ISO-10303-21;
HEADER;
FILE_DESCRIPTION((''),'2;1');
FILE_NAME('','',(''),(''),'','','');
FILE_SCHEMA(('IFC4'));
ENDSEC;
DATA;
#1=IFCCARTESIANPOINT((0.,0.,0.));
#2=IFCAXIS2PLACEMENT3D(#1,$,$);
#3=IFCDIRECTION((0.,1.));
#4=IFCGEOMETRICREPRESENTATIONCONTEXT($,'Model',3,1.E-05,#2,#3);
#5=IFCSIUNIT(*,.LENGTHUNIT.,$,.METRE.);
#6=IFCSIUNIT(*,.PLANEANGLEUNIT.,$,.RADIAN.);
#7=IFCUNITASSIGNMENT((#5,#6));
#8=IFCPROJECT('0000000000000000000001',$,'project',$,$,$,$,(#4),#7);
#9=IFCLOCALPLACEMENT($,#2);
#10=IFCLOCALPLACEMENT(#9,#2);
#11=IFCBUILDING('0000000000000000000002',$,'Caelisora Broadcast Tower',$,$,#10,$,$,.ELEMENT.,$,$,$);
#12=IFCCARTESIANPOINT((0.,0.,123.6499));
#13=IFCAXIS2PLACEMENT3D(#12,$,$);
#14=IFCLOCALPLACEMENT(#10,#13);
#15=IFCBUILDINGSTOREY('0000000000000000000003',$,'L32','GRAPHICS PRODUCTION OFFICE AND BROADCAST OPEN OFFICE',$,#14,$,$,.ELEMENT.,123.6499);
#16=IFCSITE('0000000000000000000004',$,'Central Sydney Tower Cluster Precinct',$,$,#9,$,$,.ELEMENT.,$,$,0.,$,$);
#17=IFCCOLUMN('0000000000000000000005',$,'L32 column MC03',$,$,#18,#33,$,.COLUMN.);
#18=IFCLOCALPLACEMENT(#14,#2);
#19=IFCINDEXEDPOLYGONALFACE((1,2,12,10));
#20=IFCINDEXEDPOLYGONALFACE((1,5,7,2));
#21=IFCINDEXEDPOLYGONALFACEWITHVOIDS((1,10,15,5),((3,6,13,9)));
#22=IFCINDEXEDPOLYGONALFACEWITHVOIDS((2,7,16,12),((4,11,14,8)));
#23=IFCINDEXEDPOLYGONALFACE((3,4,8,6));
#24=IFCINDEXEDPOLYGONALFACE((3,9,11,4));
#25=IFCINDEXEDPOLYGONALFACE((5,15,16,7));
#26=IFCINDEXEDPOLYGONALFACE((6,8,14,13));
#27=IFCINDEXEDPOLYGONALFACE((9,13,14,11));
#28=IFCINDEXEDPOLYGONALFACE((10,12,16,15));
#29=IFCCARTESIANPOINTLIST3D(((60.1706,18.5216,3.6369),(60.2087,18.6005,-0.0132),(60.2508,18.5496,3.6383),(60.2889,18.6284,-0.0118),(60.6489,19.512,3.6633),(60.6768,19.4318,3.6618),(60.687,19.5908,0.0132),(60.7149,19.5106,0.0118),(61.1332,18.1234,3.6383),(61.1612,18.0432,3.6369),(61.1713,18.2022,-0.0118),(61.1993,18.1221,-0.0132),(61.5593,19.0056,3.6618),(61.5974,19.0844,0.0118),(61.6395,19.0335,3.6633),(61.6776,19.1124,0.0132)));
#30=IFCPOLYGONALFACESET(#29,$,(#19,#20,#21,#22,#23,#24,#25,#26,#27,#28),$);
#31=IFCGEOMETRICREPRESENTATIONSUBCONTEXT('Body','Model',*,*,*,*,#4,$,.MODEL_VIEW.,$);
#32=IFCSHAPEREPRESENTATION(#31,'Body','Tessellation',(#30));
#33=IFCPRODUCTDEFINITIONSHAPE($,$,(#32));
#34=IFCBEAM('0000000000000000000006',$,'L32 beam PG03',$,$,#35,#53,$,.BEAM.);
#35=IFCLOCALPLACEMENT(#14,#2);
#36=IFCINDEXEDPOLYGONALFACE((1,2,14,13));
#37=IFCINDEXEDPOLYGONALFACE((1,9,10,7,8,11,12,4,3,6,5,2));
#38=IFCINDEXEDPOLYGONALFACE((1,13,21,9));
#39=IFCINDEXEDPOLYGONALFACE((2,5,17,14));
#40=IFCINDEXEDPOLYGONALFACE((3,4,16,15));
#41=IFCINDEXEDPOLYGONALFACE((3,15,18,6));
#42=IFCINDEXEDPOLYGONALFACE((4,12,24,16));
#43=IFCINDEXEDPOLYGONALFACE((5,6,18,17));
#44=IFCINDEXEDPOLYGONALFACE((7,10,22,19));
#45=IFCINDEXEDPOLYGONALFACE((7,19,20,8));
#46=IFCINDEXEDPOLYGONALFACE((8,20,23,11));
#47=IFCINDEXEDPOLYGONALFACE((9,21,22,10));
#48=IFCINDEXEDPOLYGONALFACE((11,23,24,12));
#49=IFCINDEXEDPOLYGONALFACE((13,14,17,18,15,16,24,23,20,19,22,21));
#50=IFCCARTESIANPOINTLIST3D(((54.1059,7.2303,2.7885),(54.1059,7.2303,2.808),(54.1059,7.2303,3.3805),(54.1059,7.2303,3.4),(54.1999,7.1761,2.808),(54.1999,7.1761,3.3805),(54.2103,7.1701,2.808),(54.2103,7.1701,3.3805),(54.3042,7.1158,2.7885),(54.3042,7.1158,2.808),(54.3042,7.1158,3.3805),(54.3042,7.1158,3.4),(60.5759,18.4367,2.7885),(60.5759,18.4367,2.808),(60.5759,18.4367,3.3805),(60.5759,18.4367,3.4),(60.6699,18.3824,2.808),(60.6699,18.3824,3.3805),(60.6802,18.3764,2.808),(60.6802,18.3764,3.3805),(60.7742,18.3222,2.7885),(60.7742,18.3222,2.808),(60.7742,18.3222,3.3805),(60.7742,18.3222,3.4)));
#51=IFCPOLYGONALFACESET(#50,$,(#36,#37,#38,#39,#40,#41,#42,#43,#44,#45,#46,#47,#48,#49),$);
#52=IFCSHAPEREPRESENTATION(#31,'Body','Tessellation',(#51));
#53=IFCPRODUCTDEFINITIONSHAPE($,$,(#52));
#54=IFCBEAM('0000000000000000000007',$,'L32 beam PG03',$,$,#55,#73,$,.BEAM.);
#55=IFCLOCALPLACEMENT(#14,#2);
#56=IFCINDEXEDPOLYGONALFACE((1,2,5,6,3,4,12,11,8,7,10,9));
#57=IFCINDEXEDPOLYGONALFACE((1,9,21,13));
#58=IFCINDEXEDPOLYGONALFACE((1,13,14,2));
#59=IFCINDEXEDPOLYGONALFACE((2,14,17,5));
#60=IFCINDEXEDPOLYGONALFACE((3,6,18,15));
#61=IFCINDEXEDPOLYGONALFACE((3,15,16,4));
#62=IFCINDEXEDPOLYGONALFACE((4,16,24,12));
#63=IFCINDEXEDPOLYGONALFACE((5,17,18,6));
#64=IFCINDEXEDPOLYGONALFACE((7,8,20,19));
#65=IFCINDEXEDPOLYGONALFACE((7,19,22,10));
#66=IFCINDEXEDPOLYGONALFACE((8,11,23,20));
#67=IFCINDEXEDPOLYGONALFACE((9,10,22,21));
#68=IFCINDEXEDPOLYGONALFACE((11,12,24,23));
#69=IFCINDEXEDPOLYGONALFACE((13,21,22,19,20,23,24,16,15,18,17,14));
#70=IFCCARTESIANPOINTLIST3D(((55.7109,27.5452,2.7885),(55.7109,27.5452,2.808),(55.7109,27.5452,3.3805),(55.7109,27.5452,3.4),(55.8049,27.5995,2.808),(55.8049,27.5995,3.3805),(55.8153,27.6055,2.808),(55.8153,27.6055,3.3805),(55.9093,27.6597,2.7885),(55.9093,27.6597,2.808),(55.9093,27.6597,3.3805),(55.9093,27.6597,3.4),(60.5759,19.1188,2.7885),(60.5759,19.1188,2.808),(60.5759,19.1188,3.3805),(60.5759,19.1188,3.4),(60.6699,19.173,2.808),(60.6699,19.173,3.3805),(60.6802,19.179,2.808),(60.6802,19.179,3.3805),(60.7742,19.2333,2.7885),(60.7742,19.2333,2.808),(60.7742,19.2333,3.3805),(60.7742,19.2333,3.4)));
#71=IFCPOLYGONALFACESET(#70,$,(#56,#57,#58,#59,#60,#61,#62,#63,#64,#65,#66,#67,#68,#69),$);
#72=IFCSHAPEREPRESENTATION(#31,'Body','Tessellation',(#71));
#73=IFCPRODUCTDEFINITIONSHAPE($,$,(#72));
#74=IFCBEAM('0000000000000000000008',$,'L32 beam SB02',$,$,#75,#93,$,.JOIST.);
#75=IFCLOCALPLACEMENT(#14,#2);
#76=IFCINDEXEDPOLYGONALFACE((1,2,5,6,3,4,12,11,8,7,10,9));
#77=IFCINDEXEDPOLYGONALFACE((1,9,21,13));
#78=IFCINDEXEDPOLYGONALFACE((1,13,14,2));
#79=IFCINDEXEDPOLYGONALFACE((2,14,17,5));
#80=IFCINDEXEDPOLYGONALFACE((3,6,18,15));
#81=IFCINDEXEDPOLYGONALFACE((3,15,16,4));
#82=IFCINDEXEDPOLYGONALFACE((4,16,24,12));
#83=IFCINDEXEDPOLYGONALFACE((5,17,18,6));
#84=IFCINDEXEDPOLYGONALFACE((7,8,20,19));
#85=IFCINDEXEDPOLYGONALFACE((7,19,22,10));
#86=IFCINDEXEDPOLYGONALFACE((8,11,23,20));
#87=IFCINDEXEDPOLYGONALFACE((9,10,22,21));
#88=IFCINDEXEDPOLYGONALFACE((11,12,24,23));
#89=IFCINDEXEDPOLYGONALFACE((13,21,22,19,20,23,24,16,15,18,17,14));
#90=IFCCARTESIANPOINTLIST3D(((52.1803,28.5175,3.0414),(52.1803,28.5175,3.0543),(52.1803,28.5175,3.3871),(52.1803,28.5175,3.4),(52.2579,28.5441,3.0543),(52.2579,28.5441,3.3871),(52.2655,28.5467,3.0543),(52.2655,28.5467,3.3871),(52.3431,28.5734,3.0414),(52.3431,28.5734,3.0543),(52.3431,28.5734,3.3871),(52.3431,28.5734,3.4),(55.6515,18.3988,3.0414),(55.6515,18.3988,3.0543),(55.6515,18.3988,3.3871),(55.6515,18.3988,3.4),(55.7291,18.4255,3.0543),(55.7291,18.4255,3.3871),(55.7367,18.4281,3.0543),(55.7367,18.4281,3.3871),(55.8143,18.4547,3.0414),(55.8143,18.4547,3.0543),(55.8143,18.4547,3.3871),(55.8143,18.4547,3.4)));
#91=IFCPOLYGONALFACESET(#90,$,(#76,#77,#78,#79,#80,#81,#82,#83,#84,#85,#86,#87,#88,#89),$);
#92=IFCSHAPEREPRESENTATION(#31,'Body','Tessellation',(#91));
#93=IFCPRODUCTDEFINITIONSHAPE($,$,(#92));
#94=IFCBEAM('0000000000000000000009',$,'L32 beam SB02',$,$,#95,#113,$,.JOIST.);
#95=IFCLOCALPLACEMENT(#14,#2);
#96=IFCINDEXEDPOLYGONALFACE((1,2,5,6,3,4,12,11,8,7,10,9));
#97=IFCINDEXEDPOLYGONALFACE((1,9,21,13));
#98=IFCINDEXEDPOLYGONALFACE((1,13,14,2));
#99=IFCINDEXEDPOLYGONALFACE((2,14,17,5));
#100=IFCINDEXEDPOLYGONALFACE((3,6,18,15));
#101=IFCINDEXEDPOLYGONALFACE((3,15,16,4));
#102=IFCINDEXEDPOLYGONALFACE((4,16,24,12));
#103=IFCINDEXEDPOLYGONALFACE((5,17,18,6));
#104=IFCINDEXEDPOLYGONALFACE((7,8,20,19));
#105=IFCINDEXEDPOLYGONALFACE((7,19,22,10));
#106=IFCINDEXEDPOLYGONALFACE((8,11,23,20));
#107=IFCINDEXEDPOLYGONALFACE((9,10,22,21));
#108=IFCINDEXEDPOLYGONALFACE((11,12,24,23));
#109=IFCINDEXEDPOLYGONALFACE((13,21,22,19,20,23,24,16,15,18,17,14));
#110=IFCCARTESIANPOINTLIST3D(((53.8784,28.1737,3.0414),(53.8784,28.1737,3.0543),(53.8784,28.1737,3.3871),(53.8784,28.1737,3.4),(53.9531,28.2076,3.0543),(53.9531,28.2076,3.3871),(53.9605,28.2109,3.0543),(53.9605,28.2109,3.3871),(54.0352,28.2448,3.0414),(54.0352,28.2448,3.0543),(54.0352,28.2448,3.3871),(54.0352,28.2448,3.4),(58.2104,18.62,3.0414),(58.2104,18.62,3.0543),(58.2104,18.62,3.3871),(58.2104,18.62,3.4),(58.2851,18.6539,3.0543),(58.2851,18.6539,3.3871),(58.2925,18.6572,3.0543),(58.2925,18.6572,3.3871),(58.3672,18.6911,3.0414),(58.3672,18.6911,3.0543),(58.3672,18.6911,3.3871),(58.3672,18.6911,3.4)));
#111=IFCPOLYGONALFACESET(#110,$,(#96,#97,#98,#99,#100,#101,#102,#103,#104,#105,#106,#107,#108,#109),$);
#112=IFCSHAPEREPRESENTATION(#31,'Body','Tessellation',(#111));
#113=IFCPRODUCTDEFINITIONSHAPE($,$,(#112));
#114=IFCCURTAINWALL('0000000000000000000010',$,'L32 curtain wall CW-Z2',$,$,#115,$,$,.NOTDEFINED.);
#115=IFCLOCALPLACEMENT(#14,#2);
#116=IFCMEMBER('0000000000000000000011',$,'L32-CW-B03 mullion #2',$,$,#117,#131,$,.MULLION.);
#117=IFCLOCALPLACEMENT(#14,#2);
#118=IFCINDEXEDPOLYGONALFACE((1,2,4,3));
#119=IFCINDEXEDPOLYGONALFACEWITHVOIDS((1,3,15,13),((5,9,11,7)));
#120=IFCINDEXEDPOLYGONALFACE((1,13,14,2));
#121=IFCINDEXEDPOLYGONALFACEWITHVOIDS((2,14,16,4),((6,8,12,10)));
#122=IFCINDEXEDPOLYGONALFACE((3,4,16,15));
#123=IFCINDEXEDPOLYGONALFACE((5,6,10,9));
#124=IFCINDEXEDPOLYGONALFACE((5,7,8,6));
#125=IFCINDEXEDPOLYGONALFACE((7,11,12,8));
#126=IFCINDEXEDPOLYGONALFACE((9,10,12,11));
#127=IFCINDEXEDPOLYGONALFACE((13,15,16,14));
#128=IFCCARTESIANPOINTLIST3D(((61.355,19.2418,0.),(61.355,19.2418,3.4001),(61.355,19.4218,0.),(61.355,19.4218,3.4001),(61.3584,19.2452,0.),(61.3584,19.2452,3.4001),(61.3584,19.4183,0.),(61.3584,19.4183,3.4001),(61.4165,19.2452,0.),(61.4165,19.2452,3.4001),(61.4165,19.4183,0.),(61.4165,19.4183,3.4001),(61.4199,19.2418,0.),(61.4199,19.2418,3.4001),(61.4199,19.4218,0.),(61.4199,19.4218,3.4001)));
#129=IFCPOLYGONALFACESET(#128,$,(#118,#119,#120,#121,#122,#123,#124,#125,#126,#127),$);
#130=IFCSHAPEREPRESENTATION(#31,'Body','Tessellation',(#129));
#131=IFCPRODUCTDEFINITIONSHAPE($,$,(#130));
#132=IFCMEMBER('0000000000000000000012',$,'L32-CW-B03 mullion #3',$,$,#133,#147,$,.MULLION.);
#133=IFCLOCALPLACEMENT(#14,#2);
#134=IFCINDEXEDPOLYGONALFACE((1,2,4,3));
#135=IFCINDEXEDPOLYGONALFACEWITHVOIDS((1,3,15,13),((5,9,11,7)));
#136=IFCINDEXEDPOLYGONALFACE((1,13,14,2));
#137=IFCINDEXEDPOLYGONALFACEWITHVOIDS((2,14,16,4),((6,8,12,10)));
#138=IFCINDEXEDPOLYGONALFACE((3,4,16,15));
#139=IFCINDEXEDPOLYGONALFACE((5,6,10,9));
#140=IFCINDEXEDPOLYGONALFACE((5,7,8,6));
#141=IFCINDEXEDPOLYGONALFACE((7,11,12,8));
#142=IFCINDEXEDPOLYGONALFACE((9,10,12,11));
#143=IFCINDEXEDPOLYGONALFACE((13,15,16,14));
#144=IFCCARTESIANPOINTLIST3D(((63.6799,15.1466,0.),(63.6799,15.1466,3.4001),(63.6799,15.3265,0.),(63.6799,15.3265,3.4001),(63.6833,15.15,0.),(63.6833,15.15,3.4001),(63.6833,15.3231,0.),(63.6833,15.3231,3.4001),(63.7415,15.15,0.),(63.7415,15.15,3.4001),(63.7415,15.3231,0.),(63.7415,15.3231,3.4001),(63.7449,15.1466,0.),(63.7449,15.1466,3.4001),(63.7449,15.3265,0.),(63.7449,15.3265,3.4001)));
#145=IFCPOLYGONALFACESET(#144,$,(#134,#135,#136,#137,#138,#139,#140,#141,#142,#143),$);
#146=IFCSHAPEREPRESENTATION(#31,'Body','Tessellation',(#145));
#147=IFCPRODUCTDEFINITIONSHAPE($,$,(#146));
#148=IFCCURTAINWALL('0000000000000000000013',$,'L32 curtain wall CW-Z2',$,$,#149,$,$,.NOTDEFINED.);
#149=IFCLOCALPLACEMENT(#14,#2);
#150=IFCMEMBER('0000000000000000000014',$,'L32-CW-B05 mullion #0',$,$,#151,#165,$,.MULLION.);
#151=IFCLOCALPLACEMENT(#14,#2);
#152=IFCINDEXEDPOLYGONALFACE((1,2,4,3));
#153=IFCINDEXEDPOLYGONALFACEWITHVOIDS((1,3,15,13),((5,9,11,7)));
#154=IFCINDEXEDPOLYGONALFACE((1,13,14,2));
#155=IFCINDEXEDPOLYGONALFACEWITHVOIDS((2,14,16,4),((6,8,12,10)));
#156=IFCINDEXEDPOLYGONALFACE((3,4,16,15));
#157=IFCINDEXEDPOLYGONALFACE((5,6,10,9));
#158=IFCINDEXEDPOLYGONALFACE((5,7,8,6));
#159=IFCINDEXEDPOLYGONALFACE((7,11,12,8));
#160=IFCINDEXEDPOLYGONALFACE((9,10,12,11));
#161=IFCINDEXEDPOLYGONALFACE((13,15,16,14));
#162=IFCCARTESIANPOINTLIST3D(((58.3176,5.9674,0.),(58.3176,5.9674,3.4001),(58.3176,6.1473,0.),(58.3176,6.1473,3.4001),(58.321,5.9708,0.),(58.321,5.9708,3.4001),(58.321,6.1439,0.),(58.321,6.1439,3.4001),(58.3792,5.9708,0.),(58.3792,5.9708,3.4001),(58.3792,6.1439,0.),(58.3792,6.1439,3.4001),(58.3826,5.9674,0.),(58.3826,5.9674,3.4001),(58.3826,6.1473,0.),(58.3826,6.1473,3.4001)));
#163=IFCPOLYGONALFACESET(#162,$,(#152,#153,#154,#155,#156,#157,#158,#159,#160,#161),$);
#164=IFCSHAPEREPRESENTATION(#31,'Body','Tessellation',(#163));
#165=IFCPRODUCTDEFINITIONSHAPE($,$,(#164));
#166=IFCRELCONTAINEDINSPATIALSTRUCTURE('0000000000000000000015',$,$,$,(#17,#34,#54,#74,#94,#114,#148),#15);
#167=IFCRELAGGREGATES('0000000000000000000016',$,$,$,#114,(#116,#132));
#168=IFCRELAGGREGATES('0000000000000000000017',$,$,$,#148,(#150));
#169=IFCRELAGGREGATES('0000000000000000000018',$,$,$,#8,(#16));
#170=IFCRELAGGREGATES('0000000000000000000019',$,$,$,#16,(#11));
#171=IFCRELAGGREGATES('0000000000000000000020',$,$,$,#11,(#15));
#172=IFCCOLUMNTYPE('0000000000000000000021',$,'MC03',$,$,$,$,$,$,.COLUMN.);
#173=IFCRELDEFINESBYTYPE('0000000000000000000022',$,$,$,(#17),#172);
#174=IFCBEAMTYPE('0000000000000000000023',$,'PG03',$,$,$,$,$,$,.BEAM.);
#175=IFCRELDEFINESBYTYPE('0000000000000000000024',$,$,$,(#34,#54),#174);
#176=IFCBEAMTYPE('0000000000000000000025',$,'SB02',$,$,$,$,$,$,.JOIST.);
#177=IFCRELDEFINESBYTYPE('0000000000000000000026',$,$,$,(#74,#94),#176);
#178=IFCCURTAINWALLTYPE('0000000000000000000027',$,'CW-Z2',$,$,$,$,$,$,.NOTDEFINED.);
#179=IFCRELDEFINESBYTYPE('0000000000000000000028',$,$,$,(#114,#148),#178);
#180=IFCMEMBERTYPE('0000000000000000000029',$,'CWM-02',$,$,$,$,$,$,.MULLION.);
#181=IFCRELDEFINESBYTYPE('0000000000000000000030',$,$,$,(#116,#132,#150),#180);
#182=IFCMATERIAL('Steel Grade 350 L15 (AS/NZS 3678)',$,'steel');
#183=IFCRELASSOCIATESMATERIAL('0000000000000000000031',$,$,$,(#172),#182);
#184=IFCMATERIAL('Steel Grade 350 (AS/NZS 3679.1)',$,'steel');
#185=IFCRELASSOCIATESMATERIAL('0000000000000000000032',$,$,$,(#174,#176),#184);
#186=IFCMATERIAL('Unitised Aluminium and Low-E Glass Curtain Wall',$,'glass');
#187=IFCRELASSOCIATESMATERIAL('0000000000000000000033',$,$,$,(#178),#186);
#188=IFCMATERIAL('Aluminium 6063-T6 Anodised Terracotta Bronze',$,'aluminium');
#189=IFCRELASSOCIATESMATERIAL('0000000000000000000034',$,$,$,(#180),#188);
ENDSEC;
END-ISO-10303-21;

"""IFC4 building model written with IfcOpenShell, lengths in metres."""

from ifc_helpers import new_model, si_unit, direction, frame, origin, origin_2d, place, context, subcontext, project, spatial, hollow_rectangle, i_section, extrude, source, transform, mapped, material, material_profile, profile_set, type_object, type_shapes, element, aggregate, save


model = new_model("IFC4")

# Units and contexts
model_context = context("Model", 3, precision=1e-05, world=origin(), true_north=direction((0.0, 1.0)))
body_context = subcontext(model_context, "Body", "Model", "MODEL_VIEW")
ifc_project = project(units=[si_unit("LENGTHUNIT", "METRE"), si_unit("PLANEANGLEUNIT", "RADIAN")], contexts=[model_context])

# Site, building, storey
site_placement = place(None, origin())
site = spatial("IfcSite", under=ifc_project, at=site_placement, Name="Central Sydney Tower Cluster Precinct", CompositionType="ELEMENT", RefElevation=0.0)
building_placement = place(site_placement, origin())
building = spatial("IfcBuilding", under=site, at=building_placement, Name="Caelisora Broadcast Tower", CompositionType="ELEMENT")
storey_placement = place(building_placement, frame((0.0, 0.0, 123.6499)))
storey = spatial("IfcBuildingStorey", under=building, at=storey_placement, Name="L32", Description="GRAPHICS PRODUCTION OFFICE AND BROADCAST OPEN OFFICE", CompositionType="ELEMENT", Elevation=123.6499)

# Column
ifc_material_1 = material(Name="Steel Grade 350 L15 (AS/NZS 3678)", Category="steel")
ifc_material_profile_1 = material_profile(ifc_material_1, hollow_rectangle(XDim=1.1001, YDim=1.1001, WallThickness=0.0601, at=origin_2d()), Name="Steel Grade 350 L15 (AS/NZS 3678)")
ifc_profile_set_1 = profile_set([ifc_material_profile_1], Name="Steel Grade 350 L15 (AS/NZS 3678)")
column_type = type_object("IfcColumnType", Name="MC03", PredefinedType="COLUMN", material=ifc_profile_set_1)
shared_shape_1 = source(origin(), body_context, "Body", "SweptSolid", [
    extrude(hollow_rectangle(XDim=1.1001, YDim=1.1001, WallThickness=0.0601, at=origin_2d()), origin(), (0.0, 0.0, 1.0), 3.6511),
])
type_shapes(column_type, [shared_shape_1])
column_placement = place(storey_placement, frame((60.9431, 18.8564, 0.0), z_axis=(-0.010431, -0.021598, 0.999712), x_axis=(0.900476, -0.434905, 0.0)))
element("IfcColumn", 1, at=column_placement, inside=storey, type_object=column_type, Name="L32 column MC03", PredefinedType="COLUMN", context=body_context, shape_type="MappedRepresentation", body=[
    mapped(shared_shape_1, transform((0.0, 0.0, 0.0), scale=1.0)),
])

# Beams
ifc_material_2 = material(Name="Steel Grade 350 (AS/NZS 3679.1)", Category="steel")
ifc_material_profile_2 = material_profile(ifc_material_2, i_section(OverallWidth=0.229, OverallDepth=0.6116, WebThickness=0.012, FlangeThickness=0.0195, at=origin_2d()), Name="Steel Grade 350 (AS/NZS 3679.1)")
ifc_profile_set_2 = profile_set([ifc_material_profile_2], Name="Steel Grade 350 (AS/NZS 3679.1)")
beam_type_1 = type_object("IfcBeamType", Name="PG03", PredefinedType="BEAM", material=ifc_profile_set_2)
shared_shape_2 = source(origin(), body_context, "Body", "SweptSolid", [
    extrude(i_section(OverallWidth=0.229, OverallDepth=0.6116, WebThickness=0.012, FlangeThickness=0.0195, at=origin_2d()), origin(), (0.0, 0.0, 1.0), 12.9399),
])
beam_1_placement = place(storey_placement, frame((54.2051, 7.1731, 3.0942), z_axis=(0.500001, 0.866025, 0.0), x_axis=(-0.866025, 0.500001, 0.0)))
element("IfcBeam", 2, at=beam_1_placement, inside=storey, type_object=beam_type_1, Name="L32 beam PG03", PredefinedType="BEAM", context=body_context, shape_type="MappedRepresentation", body=[
    mapped(shared_shape_2, transform((0.0, 0.0, 0.0), scale=1.0)),
])
shared_shape_3 = source(origin(), body_context, "Body", "SweptSolid", [
    extrude(i_section(OverallWidth=0.229, OverallDepth=0.6116, WebThickness=0.012, FlangeThickness=0.0195, at=origin_2d()), origin(), (0.0, 0.0, 1.0), 9.73),
])
type_shapes(beam_type_1, [shared_shape_2, shared_shape_3])
beam_2_placement = place(storey_placement, frame((60.675, 19.176, 3.0942), z_axis=(-0.499995, 0.866028, 0.0), x_axis=(-0.866028, -0.499995, 0.0)))
element("IfcBeam", 3, at=beam_2_placement, inside=storey, type_object=beam_type_1, Name="L32 beam PG03", PredefinedType="BEAM", context=body_context, shape_type="MappedRepresentation", body=[
    mapped(shared_shape_3, transform((0.0, 0.0, 0.0), scale=1.0)),
])
ifc_material_profile_3 = material_profile(ifc_material_2, i_section(OverallWidth=0.1721, OverallDepth=0.3586, WebThickness=0.0081, FlangeThickness=0.0129, at=origin_2d()), Name="Steel Grade 350 (AS/NZS 3679.1)")
ifc_profile_set_3 = profile_set([ifc_material_profile_3], Name="Steel Grade 350 (AS/NZS 3679.1)")
beam_type_2 = type_object("IfcBeamType", Name="SB02", PredefinedType="JOIST", material=ifc_profile_set_3)
shared_shape_4 = source(origin(), body_context, "Body", "SweptSolid", [
    extrude(i_section(OverallWidth=0.1721, OverallDepth=0.3586, WebThickness=0.0081, FlangeThickness=0.0129, at=origin_2d()), origin(), (0.0, 0.0, 1.0), 10.6975),
])
beam_3_placement = place(storey_placement, frame((55.7329, 18.4268, 3.2207), z_axis=(-0.324487, 0.94589, 0.0), x_axis=(-0.94589, -0.324487, 0.0)))
element("IfcBeam", 4, at=beam_3_placement, inside=storey, type_object=beam_type_2, Name="L32 beam SB02", PredefinedType="JOIST", context=body_context, shape_type="MappedRepresentation", body=[
    mapped(shared_shape_4, transform((0.0, 0.0, 0.0), scale=1.0)),
])
shared_shape_5 = source(origin(), body_context, "Body", "SweptSolid", [
    extrude(i_section(OverallWidth=0.1721, OverallDepth=0.3586, WebThickness=0.0081, FlangeThickness=0.0129, at=origin_2d()), origin(), (0.0, 0.0, 1.0), 10.49),
])
type_shapes(beam_type_2, [shared_shape_4, shared_shape_5])
beam_4_placement = place(storey_placement, frame((58.2888, 18.6555, 3.2207), z_axis=(-0.412968, 0.910745, 0.0), x_axis=(-0.910745, -0.412968, 0.0)))
element("IfcBeam", 5, at=beam_4_placement, inside=storey, type_object=beam_type_2, Name="L32 beam SB02", PredefinedType="JOIST", context=body_context, shape_type="MappedRepresentation", body=[
    mapped(shared_shape_5, transform((0.0, 0.0, 0.0), scale=1.0)),
])

# Curtain walls, members
ifc_material_3 = material(Name="Unitised Aluminium and Low-E Glass Curtain Wall", Category="glass")
curtain_wall_type = type_object("IfcCurtainWallType", Name="CW-Z2", PredefinedType="NOTDEFINED", material=ifc_material_3)
curtain_wall_1_placement = place(storey_placement, origin())
curtain_wall_1 = element("IfcCurtainWall", 6, at=curtain_wall_1_placement, inside=storey, type_object=curtain_wall_type, Name="L32 curtain wall CW-Z2", PredefinedType="NOTDEFINED")
ifc_material_4 = material(Name="Aluminium 6063-T6 Anodised Terracotta Bronze", Category="aluminium")
ifc_material_profile_4 = material_profile(ifc_material_4, hollow_rectangle(XDim=0.0649, YDim=0.1799, WallThickness=0.0034, at=origin_2d()), Name="Aluminium 6063-T6 Anodised Terracotta Bronze")
ifc_profile_set_4 = profile_set([ifc_material_profile_4], Name="Aluminium 6063-T6 Anodised Terracotta Bronze")
member_type_1 = type_object("IfcMemberType", Name="CWM-02", PredefinedType="MULLION", material=ifc_profile_set_4)
shared_shape_6 = source(origin(), body_context, "Body", "SweptSolid", [
    extrude(hollow_rectangle(XDim=0.0649, YDim=0.1799, WallThickness=0.0034, at=origin_2d()), origin(), (0.0, 0.0, 1.0), 3.4001),
])
type_shapes(member_type_1, [shared_shape_6])
member_1_placement = place(storey_placement, frame((61.3875, 19.3318, 0.0), z_axis=(0.0, 0.0, 1.0), x_axis=(1.0, 0.0, 0.0)))
member_1 = element("IfcMember", 7, at=member_1_placement, type_object=member_type_1, Name="L32-CW-B03 mullion #2", PredefinedType="MULLION", context=body_context, shape_type="MappedRepresentation", body=[
    mapped(shared_shape_6, transform((0.0, 0.0, 0.0), scale=1.0)),
])
member_2_placement = place(storey_placement, frame((63.7124, 15.2366, 0.0), z_axis=(0.0, 0.0, 1.0), x_axis=(1.0, 0.0, 0.0)))
member_2 = element("IfcMember", 8, at=member_2_placement, type_object=member_type_1, Name="L32-CW-B03 mullion #3", PredefinedType="MULLION", context=body_context, shape_type="MappedRepresentation", body=[
    mapped(shared_shape_6, transform((0.0, 0.0, 0.0), scale=1.0)),
])
curtain_wall_2_placement = place(storey_placement, origin())
curtain_wall_2 = element("IfcCurtainWall", 9, at=curtain_wall_2_placement, inside=storey, type_object=curtain_wall_type, Name="L32 curtain wall CW-Z2", PredefinedType="NOTDEFINED")
member_3_placement = place(storey_placement, frame((58.3501, 6.0574, 0.0), z_axis=(0.0, 0.0, 1.0), x_axis=(1.0, 0.0, 0.0)))
member_3 = element("IfcMember", 10, at=member_3_placement, type_object=member_type_1, Name="L32-CW-B05 mullion #0", PredefinedType="MULLION", context=body_context, shape_type="MappedRepresentation", body=[
    mapped(shared_shape_6, transform((0.0, 0.0, 0.0), scale=1.0)),
])

aggregate(curtain_wall_1, [member_1, member_2])
aggregate(curtain_wall_2, [member_3])

save(model, "model.ifc")
